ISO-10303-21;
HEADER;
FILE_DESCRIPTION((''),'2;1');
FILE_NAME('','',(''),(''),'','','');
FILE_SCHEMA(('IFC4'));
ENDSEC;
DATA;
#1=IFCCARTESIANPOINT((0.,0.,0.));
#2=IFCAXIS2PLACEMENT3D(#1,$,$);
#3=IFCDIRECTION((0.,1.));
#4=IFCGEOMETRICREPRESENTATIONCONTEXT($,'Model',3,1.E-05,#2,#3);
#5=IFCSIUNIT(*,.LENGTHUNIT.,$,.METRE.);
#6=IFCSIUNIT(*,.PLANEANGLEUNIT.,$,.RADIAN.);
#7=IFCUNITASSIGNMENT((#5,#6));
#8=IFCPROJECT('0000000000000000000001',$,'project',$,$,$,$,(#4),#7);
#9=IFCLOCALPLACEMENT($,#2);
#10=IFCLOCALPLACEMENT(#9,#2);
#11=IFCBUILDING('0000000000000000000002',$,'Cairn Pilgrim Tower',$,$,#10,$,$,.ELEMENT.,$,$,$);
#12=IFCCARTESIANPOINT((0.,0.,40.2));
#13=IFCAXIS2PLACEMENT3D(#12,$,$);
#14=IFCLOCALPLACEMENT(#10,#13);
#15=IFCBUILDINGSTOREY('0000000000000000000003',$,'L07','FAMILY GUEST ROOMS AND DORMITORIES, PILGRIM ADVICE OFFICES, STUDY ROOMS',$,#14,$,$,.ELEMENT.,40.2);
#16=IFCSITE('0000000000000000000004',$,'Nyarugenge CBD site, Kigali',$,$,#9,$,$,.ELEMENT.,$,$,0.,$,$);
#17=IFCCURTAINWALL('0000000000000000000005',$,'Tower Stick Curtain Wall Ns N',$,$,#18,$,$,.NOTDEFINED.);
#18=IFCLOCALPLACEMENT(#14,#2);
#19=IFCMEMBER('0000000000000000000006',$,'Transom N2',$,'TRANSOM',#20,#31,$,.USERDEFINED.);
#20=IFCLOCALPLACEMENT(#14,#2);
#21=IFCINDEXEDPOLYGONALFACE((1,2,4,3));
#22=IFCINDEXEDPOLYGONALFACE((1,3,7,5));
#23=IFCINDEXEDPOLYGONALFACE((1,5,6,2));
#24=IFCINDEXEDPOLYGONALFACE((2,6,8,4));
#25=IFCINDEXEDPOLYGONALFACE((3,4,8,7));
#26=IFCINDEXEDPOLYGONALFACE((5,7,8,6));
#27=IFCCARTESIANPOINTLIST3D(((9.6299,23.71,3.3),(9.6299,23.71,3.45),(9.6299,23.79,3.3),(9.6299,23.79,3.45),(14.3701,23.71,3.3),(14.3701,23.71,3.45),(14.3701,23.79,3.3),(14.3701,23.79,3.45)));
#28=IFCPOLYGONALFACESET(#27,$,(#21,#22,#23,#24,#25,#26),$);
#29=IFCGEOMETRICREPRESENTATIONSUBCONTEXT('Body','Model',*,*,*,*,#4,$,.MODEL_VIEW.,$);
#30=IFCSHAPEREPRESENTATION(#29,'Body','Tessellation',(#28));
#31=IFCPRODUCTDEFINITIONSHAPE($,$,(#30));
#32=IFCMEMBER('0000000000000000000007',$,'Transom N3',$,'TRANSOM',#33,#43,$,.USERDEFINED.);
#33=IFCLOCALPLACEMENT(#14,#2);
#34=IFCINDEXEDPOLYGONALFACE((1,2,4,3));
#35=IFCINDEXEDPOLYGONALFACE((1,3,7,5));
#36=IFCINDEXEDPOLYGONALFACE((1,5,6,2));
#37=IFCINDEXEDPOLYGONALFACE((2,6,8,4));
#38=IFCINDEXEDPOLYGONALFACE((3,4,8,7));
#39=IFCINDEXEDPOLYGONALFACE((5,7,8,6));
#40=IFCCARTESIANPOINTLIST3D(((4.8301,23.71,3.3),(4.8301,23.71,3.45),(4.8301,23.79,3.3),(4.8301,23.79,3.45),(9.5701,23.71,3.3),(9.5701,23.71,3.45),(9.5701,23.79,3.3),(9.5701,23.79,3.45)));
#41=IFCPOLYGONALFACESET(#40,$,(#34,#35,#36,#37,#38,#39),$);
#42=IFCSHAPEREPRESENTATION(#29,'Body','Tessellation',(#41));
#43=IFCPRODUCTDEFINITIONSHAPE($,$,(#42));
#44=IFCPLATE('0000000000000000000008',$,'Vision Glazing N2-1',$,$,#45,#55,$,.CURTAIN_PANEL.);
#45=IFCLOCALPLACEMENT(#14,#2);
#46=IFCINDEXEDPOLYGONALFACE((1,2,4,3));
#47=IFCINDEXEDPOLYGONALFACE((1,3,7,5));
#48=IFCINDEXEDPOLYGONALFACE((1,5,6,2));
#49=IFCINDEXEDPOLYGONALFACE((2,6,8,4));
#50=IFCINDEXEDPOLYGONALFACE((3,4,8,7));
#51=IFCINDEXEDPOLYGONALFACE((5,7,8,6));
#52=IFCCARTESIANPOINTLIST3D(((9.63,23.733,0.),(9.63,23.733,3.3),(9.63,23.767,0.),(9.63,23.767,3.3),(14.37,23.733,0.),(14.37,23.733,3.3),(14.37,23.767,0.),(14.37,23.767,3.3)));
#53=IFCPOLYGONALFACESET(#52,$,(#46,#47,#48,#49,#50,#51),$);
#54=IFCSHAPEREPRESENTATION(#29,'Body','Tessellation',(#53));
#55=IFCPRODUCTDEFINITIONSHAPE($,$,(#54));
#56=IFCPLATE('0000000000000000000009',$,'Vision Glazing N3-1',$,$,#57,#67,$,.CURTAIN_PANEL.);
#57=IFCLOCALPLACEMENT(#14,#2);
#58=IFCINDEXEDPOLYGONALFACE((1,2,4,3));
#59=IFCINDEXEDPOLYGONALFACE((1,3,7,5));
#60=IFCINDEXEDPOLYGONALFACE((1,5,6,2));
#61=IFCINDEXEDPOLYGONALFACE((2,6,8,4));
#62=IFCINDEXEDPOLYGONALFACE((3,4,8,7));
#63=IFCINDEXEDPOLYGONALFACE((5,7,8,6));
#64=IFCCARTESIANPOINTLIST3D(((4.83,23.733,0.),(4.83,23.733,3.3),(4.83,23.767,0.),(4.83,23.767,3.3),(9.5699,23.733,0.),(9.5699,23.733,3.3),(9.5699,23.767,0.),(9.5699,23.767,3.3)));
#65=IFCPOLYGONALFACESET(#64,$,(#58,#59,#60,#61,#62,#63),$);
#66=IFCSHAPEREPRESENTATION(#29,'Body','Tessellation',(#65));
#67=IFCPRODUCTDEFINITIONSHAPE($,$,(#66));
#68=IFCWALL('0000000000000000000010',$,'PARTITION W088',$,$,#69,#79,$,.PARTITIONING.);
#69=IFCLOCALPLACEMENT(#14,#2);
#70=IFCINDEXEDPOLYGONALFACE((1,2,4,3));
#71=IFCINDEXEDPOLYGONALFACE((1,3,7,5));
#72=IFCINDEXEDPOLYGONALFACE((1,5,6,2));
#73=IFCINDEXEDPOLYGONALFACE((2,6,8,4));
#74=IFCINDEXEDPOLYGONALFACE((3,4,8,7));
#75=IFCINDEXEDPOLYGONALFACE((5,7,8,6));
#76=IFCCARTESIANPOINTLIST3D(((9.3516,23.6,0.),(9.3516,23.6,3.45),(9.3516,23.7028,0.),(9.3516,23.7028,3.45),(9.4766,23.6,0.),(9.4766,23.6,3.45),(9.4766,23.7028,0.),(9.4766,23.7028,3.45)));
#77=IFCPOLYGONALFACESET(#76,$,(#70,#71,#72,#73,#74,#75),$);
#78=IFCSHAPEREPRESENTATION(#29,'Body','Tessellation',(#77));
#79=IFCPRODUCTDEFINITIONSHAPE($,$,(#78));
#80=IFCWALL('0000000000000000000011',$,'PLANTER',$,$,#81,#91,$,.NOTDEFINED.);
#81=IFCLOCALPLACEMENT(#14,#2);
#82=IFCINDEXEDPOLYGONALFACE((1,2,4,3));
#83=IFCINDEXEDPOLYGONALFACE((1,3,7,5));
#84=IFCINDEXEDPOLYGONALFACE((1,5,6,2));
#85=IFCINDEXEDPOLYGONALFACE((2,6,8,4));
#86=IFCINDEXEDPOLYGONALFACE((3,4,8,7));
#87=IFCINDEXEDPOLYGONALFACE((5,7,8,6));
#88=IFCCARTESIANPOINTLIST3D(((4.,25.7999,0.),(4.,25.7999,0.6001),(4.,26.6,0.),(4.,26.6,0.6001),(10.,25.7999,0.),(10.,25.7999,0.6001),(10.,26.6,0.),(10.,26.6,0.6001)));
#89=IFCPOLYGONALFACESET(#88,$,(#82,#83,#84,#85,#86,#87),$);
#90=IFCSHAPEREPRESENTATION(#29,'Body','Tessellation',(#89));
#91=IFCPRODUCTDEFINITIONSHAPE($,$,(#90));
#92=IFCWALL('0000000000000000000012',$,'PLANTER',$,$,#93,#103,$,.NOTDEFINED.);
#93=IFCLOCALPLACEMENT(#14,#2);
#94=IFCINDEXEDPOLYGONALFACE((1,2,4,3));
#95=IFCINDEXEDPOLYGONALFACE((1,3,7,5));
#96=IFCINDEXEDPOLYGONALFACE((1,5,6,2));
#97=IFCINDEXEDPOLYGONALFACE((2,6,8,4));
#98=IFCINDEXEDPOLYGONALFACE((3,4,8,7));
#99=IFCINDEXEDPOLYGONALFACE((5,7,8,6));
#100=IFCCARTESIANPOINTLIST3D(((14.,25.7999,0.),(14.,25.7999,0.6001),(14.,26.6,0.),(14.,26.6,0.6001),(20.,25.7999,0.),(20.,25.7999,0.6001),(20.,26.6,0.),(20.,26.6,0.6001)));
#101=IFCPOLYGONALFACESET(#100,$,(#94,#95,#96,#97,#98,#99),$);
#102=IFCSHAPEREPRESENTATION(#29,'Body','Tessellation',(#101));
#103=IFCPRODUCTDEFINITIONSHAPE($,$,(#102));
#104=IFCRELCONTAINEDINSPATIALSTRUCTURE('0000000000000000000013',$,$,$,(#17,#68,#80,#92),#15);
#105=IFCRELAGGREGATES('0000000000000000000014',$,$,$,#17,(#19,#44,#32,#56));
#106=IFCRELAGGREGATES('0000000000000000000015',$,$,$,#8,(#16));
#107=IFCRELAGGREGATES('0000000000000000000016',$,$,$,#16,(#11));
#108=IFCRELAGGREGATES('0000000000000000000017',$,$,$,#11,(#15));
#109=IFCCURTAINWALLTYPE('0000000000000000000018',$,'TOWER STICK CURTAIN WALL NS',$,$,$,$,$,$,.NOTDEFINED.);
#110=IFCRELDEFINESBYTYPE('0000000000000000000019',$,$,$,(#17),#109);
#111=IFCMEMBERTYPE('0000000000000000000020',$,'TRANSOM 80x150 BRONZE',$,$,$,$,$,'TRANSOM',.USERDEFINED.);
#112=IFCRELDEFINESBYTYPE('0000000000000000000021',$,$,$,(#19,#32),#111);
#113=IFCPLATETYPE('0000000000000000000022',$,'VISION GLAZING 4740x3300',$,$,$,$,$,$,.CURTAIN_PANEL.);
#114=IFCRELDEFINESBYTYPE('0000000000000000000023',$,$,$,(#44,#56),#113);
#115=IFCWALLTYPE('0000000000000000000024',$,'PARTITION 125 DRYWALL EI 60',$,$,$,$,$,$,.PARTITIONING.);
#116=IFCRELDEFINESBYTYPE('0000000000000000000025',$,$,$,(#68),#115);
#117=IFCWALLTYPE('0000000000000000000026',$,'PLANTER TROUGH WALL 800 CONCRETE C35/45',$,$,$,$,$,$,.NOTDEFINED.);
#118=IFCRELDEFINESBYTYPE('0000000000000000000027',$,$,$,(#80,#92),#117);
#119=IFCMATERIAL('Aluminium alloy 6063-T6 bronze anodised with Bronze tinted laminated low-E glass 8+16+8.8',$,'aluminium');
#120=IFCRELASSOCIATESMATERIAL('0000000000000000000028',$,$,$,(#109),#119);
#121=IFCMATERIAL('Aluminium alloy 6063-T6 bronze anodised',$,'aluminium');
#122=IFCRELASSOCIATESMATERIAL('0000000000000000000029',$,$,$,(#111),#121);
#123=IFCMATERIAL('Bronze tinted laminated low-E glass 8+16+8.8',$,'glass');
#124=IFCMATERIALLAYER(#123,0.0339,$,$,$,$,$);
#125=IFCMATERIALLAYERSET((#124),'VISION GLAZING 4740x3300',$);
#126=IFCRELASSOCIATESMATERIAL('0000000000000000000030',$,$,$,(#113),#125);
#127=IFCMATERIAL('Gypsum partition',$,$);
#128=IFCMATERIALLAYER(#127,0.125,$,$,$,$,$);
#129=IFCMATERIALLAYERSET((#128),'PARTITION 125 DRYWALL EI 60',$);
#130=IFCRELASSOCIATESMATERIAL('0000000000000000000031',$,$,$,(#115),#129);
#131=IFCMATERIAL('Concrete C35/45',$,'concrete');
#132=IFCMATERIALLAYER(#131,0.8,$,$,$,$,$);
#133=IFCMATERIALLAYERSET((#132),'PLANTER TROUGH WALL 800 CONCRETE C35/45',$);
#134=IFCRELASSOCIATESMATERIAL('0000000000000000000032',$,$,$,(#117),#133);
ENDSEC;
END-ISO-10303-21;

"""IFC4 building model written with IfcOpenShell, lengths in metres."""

from ifc_helpers import new_model, si_unit, direction, frame, frame_2d, origin, origin_2d, place, context, subcontext, project, spatial, rectangle, extrude, material, layer, layer_set, material_profile, profile_set, type_object, element, aggregate, save


model = new_model("IFC4")

# Units and contexts
model_context = context("Model", 3, precision=1e-05, world=origin(), true_north=direction((0.0, 1.0)))
body_context = subcontext(model_context, "Body", "Model", "MODEL_VIEW")
ifc_project = project(units=[si_unit("LENGTHUNIT", "METRE"), si_unit("PLANEANGLEUNIT", "RADIAN")], contexts=[model_context])

# Site, building, storey
site_placement = place(None, origin())
site = spatial("IfcSite", under=ifc_project, at=site_placement, Name="Nyarugenge CBD site, Kigali", CompositionType="ELEMENT", RefElevation=0.0)
building_placement = place(site_placement, origin())
building = spatial("IfcBuilding", under=site, at=building_placement, Name="Cairn Pilgrim Tower", CompositionType="ELEMENT")
storey_placement = place(building_placement, frame((0.0, 0.0, 40.2)))
storey = spatial("IfcBuildingStorey", under=building, at=storey_placement, Name="L07", Description="FAMILY GUEST ROOMS AND DORMITORIES, PILGRIM ADVICE OFFICES, STUDY ROOMS", CompositionType="ELEMENT", Elevation=40.2)

# Curtain wall
ifc_material_1 = material(Name="Aluminium alloy 6063-T6 bronze anodised with Bronze tinted laminated low-E glass 8+16+8.8", Category="aluminium")
curtain_wall_type = type_object("IfcCurtainWallType", Name="TOWER STICK CURTAIN WALL NS", PredefinedType="NOTDEFINED", material=ifc_material_1)
curtain_wall_placement = place(storey_placement, origin())
curtain_wall = element("IfcCurtainWall", 1, at=curtain_wall_placement, inside=storey, type_object=curtain_wall_type, Name="Tower Stick Curtain Wall Ns N", PredefinedType="NOTDEFINED")
ifc_material_2 = material(Name="Aluminium alloy 6063-T6 bronze anodised", Category="aluminium")

# Members
ifc_material_profile_1 = material_profile(ifc_material_2, rectangle(XDim=0.0801, YDim=0.1499, at=origin_2d()), Name="TRANSOM 80x150 BRONZE")
ifc_profile_set_1 = profile_set([ifc_material_profile_1], Name="Aluminium alloy 6063-T6 bronze anodised")
member_type_1 = type_object("IfcMemberType", Name="TRANSOM 80x150 BRONZE", ElementType="TRANSOM", PredefinedType="USERDEFINED", material=ifc_profile_set_1)
member_1_placement = place(storey_placement, frame((14.3701, 23.75, 3.375), z_axis=(-1.0, 0.0, 0.0), x_axis=(0.0, -1.0, 0.0)))
member_1 = element("IfcMember", 2, at=member_1_placement, type_object=member_type_1, Name="Transom N2", ObjectType="TRANSOM", PredefinedType="USERDEFINED", context=body_context, shape_type="SweptSolid", body=[
    extrude(rectangle(XDim=0.0801, YDim=0.1499, at=origin_2d()), origin(), (0.0, 0.0, 1.0), 4.7402),
])
member_2_placement = place(storey_placement, frame((9.5701, 23.75, 3.375), z_axis=(-1.0, 0.0, 0.0), x_axis=(0.0, -1.0, 0.0)))
member_2 = element("IfcMember", 3, at=member_2_placement, type_object=member_type_1, Name="Transom N3", ObjectType="TRANSOM", PredefinedType="USERDEFINED", context=body_context, shape_type="SweptSolid", body=[
    extrude(rectangle(XDim=0.0801, YDim=0.1499, at=origin_2d()), origin(), (0.0, 0.0, 1.0), 4.74),
])

# Plates
ifc_material_3 = material(Name="Bronze tinted laminated low-E glass 8+16+8.8", Category="glass")
ifc_layer_1 = layer(ifc_material_3, 0.0339)
ifc_layer_set_1 = layer_set([ifc_layer_1], Name="VISION GLAZING 4740x3300")
plate_type = type_object("IfcPlateType", Name="VISION GLAZING 4740x3300", PredefinedType="CURTAIN_PANEL", material=ifc_layer_set_1)
plate_1_placement = place(storey_placement, frame((12.0, 23.75, 0.0), z_axis=(0.0, 0.0, 1.0), x_axis=(-1.0, 0.0, 0.0)))
plate_1 = element("IfcPlate", 4, at=plate_1_placement, type_object=plate_type, Name="Vision Glazing N2-1", PredefinedType="CURTAIN_PANEL", context=body_context, shape_type="SweptSolid", body=[
    extrude(rectangle(XDim=4.74, YDim=0.0339, at=origin_2d()), origin(), (0.0, 0.0, 1.0), 3.3),
])
plate_2_placement = place(storey_placement, frame((7.2, 23.75, 0.0), z_axis=(0.0, 0.0, 1.0), x_axis=(-1.0, 0.0, 0.0)))
plate_2 = element("IfcPlate", 5, at=plate_2_placement, type_object=plate_type, Name="Vision Glazing N3-1", PredefinedType="CURTAIN_PANEL", context=body_context, shape_type="SweptSolid", body=[
    extrude(rectangle(XDim=4.74, YDim=0.0339, at=origin_2d()), origin(), (0.0, 0.0, 1.0), 3.3),
])
aggregate(curtain_wall, [member_1, plate_1, member_2, plate_2])

# Walls
ifc_material_4 = material(Name="Gypsum partition")
ifc_layer_2 = layer(ifc_material_4, 0.125)
ifc_layer_set_2 = layer_set([ifc_layer_2], Name="PARTITION 125 DRYWALL EI 60")
wall_type_1 = type_object("IfcWallType", Name="PARTITION 125 DRYWALL EI 60", PredefinedType="PARTITIONING", material=ifc_layer_set_2)
wall_1_placement = place(storey_placement, frame((9.4141, 23.6001, 0.0), z_axis=(0.0, 0.0, 1.0), x_axis=(0.0, 1.0, 0.0)))
element("IfcWall", 6, at=wall_1_placement, inside=storey, type_object=wall_type_1, Name="PARTITION W088", PredefinedType="PARTITIONING", context=body_context, shape_type="SweptSolid", body=[
    extrude(rectangle(XDim=0.1028, YDim=0.125, at=frame_2d((0.0513, 0.0))), origin(), (0.0, 0.0, 1.0), 3.45),
])
ifc_material_5 = material(Name="Concrete C35/45", Category="concrete")
ifc_layer_3 = layer(ifc_material_5, 0.8)
ifc_layer_set_3 = layer_set([ifc_layer_3], Name="PLANTER TROUGH WALL 800 CONCRETE C35/45")
wall_type_2 = type_object("IfcWallType", Name="PLANTER TROUGH WALL 800 CONCRETE C35/45", PredefinedType="NOTDEFINED", material=ifc_layer_set_3)
for number, where, z_axis, x_axis, name in (
    (7, (4.0, 26.2, 0.0), (0.0, 0.0, 1.0), (1.0, 0.0, 0.0), "PLANTER"),
    (8, (14.0, 26.2, 0.0), (0.0, 0.0, 1.0), (1.0, 0.0, 0.0), "PLANTER"),
):
    element("IfcWall", number, at=place(storey_placement, frame(where, z_axis=z_axis, x_axis=x_axis)), inside=storey, type_object=wall_type_2, Name=name, PredefinedType="NOTDEFINED", context=body_context, shape_type="SweptSolid", body=[
        extrude(rectangle(XDim=6.0, YDim=0.8, at=frame_2d((3.0, 0.0))), origin(), (0.0, 0.0, 1.0), 0.6001),
    ])

save(model, "model.ifc")
